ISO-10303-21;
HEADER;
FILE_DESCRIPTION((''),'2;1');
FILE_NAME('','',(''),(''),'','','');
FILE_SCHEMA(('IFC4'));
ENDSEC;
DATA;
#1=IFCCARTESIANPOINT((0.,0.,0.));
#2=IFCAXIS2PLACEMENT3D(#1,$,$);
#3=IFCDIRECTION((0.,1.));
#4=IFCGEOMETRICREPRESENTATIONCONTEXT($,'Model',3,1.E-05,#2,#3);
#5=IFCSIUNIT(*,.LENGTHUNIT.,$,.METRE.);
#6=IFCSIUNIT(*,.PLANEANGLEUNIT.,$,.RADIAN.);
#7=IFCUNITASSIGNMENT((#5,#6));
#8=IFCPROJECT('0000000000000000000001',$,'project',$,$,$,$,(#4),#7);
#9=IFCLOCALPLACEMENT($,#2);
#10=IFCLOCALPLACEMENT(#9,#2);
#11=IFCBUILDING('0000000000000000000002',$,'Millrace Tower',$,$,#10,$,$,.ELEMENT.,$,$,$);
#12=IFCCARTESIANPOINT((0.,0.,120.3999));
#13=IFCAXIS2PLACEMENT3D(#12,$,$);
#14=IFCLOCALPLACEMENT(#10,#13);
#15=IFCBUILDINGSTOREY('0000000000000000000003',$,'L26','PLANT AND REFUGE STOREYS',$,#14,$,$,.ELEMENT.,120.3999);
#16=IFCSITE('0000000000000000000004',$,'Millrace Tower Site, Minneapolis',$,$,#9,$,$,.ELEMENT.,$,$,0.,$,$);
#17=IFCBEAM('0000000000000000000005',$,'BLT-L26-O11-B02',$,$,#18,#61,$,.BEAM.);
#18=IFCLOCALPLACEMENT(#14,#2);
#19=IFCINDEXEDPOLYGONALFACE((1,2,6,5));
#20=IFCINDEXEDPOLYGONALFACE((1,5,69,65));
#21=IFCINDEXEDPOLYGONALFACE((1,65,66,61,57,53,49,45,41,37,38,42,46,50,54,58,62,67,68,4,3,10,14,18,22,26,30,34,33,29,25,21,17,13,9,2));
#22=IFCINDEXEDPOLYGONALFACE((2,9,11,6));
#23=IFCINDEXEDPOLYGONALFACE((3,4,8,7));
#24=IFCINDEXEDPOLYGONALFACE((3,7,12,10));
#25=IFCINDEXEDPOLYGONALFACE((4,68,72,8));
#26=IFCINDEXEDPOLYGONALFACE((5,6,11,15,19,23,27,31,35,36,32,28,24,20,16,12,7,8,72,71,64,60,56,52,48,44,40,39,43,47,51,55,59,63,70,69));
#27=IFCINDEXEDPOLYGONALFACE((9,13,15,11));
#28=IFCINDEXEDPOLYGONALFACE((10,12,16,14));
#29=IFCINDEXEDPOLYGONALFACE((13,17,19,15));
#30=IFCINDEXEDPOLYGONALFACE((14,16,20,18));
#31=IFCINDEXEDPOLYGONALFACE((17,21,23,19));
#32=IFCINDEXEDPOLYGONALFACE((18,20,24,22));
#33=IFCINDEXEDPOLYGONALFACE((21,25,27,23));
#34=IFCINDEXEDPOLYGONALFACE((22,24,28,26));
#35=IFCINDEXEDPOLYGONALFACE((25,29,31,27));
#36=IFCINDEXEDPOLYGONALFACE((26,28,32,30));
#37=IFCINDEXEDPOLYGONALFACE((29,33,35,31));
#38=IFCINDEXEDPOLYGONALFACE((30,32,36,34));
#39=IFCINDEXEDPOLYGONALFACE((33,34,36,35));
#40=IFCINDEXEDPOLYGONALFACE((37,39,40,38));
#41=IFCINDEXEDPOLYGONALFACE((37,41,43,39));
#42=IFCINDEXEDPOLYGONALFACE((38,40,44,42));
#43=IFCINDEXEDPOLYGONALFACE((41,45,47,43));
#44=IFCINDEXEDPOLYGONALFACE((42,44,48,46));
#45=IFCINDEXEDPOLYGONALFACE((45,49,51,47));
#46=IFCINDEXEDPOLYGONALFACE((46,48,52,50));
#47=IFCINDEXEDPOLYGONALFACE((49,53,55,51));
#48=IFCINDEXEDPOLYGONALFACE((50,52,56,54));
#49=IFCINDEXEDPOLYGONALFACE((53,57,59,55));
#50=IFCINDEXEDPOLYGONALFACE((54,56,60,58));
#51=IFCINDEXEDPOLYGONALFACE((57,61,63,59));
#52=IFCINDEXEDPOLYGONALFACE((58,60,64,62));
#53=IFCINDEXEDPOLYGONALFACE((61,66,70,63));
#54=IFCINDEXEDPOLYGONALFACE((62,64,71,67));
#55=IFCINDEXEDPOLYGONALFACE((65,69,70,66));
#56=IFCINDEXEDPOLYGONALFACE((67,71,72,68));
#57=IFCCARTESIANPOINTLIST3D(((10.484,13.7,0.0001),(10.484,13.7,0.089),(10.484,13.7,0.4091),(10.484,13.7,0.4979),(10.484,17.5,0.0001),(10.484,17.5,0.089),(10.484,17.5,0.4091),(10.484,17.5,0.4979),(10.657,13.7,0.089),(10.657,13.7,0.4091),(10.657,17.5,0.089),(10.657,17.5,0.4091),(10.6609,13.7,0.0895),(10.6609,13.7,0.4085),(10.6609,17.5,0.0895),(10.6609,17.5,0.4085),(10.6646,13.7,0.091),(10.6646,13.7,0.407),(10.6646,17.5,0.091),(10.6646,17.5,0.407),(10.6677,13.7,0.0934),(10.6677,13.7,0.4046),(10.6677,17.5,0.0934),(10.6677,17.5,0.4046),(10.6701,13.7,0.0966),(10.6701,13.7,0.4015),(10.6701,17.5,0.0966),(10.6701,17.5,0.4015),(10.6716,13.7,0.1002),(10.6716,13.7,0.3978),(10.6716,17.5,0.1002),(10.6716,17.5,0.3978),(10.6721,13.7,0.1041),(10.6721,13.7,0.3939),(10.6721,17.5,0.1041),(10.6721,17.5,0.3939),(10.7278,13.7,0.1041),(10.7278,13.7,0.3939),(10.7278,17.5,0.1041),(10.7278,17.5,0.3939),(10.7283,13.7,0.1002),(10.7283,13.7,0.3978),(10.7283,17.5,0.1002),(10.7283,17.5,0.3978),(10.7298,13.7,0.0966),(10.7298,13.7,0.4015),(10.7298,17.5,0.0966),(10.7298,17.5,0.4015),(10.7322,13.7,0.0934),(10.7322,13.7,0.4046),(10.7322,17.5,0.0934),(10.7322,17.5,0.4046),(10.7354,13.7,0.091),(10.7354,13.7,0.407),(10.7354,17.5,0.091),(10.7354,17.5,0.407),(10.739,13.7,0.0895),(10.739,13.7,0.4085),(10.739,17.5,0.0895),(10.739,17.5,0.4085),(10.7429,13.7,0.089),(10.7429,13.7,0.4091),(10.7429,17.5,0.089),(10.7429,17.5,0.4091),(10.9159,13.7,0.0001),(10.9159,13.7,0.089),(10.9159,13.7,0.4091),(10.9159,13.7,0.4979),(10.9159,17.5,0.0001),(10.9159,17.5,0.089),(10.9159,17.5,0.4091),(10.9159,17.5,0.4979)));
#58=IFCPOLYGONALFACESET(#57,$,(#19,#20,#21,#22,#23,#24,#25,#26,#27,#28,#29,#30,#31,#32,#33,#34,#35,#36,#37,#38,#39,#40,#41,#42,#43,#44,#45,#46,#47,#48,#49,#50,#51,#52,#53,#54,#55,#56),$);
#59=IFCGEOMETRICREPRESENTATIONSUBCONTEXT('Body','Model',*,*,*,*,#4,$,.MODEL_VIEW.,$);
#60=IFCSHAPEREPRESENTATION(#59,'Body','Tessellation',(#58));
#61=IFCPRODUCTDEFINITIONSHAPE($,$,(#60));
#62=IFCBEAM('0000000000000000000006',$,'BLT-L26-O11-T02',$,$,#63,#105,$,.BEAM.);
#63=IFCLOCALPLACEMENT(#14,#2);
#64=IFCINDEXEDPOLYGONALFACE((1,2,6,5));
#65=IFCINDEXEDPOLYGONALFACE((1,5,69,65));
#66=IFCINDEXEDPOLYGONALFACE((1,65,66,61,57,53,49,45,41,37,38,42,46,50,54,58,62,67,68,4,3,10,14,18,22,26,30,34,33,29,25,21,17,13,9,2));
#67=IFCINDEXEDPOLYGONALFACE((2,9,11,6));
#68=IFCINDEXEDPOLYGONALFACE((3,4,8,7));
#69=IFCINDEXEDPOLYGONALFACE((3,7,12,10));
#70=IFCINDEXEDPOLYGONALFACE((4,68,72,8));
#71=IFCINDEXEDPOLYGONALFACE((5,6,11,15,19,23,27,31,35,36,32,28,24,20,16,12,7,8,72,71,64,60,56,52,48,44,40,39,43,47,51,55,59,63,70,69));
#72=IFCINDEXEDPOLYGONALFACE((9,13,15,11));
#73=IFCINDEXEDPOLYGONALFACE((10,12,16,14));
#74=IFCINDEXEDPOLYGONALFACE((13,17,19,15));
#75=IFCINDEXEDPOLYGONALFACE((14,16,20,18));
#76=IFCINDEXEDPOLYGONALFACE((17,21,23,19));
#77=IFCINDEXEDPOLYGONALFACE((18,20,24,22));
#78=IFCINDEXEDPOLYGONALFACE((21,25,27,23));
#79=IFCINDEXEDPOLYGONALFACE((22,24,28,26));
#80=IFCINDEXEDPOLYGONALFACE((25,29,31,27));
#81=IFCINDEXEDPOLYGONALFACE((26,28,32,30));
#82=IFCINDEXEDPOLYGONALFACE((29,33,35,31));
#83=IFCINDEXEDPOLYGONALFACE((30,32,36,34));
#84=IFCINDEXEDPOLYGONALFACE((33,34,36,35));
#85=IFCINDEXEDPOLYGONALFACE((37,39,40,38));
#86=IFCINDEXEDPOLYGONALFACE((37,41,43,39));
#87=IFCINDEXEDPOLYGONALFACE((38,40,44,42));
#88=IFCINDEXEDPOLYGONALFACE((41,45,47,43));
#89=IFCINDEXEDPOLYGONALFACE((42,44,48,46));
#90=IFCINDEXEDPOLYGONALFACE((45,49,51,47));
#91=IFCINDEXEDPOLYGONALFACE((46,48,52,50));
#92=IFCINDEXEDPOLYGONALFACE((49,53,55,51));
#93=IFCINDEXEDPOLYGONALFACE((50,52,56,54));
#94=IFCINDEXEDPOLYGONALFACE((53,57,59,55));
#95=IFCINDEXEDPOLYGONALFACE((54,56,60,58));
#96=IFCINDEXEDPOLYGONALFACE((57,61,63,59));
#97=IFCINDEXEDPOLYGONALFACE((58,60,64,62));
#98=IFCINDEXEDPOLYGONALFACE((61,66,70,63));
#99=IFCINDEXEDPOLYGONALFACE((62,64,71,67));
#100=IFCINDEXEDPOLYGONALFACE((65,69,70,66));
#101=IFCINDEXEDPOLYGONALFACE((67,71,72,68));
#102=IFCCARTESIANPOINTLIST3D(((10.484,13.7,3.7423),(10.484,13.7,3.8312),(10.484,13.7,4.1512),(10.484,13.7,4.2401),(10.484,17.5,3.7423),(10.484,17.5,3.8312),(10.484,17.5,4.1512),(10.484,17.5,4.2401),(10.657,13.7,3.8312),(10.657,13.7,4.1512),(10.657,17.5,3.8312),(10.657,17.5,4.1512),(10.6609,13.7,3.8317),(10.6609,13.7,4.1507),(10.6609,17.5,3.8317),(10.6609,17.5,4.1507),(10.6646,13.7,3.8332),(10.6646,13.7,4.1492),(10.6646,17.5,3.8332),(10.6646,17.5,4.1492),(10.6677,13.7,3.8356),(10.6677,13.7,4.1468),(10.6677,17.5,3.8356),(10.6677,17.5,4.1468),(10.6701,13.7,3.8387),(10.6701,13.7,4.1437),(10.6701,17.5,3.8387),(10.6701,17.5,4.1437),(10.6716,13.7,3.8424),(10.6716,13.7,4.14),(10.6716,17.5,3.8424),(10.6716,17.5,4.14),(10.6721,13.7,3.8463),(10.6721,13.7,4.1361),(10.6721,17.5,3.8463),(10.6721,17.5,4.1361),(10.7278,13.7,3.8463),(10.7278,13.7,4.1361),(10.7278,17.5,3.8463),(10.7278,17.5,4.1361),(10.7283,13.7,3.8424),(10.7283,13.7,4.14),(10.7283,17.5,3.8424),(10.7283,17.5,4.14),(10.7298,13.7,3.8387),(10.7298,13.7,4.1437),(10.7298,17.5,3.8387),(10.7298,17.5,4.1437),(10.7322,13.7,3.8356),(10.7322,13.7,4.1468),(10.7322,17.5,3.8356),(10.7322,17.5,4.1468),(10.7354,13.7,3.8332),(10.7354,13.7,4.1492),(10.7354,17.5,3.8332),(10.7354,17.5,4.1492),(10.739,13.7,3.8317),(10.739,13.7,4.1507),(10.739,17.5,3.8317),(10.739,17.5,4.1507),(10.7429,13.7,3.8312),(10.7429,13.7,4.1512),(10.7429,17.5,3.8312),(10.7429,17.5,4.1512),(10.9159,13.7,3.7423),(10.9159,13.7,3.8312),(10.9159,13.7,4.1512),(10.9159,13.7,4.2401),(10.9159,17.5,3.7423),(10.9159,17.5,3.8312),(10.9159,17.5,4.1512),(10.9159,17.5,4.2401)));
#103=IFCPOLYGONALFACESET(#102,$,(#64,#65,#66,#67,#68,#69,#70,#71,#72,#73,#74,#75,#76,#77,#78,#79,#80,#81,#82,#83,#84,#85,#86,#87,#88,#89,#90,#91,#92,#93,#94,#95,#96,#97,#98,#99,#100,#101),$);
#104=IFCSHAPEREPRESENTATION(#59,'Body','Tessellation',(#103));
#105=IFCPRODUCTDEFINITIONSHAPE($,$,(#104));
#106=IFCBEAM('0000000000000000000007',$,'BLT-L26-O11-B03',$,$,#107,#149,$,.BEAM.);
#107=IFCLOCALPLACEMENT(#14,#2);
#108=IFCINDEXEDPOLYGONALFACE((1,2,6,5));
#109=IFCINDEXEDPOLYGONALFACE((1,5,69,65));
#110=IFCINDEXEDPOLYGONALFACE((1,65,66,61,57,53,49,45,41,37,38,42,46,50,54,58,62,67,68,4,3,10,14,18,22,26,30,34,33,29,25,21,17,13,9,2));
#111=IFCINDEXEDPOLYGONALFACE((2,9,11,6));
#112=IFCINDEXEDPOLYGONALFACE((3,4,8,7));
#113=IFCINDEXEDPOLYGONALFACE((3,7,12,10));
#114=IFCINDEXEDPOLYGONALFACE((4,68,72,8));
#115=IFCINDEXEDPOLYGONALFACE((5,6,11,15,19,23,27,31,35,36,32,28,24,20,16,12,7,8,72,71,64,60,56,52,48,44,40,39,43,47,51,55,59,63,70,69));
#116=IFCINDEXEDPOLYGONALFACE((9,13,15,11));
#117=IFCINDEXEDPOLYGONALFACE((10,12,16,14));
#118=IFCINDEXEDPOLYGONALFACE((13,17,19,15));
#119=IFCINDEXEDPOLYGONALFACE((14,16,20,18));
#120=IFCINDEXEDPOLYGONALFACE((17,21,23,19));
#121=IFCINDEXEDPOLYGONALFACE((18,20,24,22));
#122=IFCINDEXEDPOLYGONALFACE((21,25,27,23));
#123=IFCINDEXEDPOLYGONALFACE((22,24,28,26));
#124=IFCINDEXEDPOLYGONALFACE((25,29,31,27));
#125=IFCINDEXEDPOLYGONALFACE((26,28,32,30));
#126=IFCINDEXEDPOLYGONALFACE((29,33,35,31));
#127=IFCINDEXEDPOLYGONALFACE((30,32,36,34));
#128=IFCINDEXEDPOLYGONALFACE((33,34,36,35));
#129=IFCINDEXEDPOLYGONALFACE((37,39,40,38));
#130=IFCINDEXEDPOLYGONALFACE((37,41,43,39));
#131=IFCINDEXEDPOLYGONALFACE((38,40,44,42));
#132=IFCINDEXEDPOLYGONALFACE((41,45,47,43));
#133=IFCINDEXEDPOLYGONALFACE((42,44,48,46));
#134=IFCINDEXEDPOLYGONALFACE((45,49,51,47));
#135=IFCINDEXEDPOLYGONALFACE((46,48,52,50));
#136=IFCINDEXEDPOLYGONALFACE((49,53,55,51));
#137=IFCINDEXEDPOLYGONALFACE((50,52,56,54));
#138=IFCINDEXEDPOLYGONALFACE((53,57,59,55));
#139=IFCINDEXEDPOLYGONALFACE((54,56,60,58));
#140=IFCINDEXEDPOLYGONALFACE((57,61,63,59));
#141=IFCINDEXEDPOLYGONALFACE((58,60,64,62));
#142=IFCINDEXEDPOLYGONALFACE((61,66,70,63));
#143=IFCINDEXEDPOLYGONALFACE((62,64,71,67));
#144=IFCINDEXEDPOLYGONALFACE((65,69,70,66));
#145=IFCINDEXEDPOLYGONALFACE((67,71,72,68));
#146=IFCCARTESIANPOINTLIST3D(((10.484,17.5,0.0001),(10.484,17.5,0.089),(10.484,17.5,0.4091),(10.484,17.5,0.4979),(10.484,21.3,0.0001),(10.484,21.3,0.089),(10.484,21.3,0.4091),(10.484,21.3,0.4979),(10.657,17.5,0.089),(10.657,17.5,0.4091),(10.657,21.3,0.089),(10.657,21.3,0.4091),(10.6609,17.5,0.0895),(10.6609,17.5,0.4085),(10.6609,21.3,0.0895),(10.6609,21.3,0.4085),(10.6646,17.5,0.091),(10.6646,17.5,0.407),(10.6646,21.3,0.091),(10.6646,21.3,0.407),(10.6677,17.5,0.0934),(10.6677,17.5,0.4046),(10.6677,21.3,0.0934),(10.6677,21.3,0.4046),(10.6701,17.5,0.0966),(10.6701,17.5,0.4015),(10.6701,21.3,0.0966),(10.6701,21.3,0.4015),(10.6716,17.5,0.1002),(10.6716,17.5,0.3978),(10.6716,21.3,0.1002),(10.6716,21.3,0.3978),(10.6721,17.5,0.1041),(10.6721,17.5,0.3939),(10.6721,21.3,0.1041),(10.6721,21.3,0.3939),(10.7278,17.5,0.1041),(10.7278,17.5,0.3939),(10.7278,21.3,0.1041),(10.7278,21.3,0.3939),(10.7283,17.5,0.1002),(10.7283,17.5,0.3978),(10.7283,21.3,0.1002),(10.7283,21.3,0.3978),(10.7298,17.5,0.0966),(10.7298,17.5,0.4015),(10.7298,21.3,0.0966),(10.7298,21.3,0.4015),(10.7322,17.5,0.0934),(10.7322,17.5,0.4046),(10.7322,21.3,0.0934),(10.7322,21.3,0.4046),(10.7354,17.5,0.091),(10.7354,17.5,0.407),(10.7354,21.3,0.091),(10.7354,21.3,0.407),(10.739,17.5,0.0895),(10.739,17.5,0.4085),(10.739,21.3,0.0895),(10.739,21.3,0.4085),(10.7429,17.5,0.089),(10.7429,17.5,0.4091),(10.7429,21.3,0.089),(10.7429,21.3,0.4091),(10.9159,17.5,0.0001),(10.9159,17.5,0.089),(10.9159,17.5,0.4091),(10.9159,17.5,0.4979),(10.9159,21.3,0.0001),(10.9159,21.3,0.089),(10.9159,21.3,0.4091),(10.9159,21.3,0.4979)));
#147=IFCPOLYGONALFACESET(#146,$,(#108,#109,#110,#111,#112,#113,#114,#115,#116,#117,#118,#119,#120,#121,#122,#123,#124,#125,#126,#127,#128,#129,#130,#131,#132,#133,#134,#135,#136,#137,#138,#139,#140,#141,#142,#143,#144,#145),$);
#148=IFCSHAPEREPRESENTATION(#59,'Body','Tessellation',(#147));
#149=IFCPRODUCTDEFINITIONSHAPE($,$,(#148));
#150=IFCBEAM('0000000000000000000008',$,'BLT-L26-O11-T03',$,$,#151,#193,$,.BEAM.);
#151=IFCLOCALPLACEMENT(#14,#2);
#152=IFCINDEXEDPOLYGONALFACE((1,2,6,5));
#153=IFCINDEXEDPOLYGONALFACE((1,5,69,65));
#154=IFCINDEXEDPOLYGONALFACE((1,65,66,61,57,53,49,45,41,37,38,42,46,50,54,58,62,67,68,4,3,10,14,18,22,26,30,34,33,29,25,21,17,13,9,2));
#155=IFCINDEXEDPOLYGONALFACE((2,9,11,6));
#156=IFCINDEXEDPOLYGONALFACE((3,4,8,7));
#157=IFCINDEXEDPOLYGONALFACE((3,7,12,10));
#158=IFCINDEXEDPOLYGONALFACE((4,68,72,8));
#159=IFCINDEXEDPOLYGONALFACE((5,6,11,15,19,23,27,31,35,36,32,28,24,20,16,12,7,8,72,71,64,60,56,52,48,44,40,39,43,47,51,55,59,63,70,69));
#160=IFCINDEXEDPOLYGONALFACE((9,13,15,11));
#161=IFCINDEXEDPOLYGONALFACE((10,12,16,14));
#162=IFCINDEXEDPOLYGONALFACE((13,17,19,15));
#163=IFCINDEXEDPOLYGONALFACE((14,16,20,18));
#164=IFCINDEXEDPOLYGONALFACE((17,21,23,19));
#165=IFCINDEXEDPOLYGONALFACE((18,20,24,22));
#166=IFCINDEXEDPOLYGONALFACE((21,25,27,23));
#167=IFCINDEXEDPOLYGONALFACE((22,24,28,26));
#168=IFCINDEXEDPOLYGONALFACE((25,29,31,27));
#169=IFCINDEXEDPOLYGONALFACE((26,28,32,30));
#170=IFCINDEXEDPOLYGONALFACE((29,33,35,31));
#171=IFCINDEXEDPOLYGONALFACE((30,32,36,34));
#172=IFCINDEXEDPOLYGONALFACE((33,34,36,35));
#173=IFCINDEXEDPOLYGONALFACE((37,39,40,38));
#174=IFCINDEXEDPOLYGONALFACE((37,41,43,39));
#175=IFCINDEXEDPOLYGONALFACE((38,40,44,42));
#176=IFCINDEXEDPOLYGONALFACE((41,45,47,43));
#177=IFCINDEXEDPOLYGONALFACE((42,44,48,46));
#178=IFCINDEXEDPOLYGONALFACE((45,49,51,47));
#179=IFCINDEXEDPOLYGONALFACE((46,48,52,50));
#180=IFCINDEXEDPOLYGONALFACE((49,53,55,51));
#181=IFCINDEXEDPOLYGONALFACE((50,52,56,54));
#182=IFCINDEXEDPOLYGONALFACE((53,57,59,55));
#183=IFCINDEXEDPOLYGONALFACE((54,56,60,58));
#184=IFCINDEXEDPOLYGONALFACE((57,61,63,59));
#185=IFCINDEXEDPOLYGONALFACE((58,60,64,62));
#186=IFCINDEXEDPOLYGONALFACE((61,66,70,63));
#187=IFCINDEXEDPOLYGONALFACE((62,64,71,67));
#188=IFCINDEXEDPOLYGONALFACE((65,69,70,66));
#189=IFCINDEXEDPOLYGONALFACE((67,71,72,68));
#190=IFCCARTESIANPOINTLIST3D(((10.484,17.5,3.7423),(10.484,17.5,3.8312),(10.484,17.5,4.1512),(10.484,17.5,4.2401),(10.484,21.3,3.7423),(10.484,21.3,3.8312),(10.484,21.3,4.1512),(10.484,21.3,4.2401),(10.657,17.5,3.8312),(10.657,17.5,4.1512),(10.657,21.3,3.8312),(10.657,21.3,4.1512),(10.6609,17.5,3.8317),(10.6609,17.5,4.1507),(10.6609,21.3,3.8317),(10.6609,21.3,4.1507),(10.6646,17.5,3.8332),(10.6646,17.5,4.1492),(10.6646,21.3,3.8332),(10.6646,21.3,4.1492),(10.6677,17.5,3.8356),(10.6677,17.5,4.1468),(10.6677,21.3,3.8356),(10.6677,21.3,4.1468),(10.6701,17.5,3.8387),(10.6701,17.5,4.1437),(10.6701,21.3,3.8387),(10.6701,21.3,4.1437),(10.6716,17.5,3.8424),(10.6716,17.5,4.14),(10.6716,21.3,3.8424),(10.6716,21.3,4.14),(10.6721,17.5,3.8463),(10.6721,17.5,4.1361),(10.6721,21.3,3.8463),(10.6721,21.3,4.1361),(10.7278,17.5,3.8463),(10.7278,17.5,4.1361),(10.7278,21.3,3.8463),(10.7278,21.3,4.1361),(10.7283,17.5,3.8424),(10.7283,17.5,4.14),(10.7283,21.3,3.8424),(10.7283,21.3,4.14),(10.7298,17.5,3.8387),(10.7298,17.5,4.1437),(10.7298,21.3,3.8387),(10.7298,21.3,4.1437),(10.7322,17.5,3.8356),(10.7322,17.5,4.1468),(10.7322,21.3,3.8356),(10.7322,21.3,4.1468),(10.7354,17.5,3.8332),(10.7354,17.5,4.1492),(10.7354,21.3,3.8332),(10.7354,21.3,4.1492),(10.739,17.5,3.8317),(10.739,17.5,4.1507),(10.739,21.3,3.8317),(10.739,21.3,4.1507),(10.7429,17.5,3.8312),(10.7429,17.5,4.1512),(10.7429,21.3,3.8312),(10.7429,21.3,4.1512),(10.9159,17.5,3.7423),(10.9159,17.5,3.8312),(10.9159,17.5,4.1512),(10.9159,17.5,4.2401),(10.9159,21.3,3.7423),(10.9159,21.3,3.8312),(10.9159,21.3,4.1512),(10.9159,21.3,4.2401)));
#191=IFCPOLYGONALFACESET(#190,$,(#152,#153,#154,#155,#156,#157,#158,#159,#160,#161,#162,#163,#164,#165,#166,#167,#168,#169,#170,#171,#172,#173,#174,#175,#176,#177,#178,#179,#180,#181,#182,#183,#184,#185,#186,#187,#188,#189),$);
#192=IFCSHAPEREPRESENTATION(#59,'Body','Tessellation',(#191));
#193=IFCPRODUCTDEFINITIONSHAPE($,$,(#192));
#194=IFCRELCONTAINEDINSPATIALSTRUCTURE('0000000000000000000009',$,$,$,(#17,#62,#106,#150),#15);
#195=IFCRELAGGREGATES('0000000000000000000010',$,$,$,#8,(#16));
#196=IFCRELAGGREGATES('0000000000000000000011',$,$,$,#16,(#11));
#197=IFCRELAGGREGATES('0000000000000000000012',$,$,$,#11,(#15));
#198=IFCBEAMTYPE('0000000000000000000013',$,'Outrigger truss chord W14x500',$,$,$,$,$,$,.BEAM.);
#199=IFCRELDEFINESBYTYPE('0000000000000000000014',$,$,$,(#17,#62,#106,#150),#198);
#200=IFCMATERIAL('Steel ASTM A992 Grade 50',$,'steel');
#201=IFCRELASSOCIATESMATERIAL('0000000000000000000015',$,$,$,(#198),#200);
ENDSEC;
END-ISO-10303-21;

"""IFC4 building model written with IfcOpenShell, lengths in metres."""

from ifc_helpers import new_model, si_unit, direction, frame, origin, origin_2d, place, context, subcontext, project, spatial, i_section, extrude, material, material_profile, profile_set, type_object, element, save


model = new_model("IFC4")

# Units and contexts
model_context = context("Model", 3, precision=1e-05, world=origin(), true_north=direction((0.0, 1.0)))
body_context = subcontext(model_context, "Body", "Model", "MODEL_VIEW")
ifc_project = project(units=[si_unit("LENGTHUNIT", "METRE"), si_unit("PLANEANGLEUNIT", "RADIAN")], contexts=[model_context])

# Site, building, storey
site_placement = place(None, origin())
site = spatial("IfcSite", under=ifc_project, at=site_placement, Name="Millrace Tower Site, Minneapolis", CompositionType="ELEMENT", RefElevation=0.0)
building_placement = place(site_placement, origin())
building = spatial("IfcBuilding", under=site, at=building_placement, Name="Millrace Tower", CompositionType="ELEMENT")
storey_placement = place(building_placement, frame((0.0, 0.0, 120.3999)))
storey = spatial("IfcBuildingStorey", under=building, at=storey_placement, Name="L26", Description="PLANT AND REFUGE STOREYS", CompositionType="ELEMENT", Elevation=120.3999)

# Beams
ifc_material_1 = material(Name="Steel ASTM A992 Grade 50", Category="steel")
ifc_material_profile_1 = material_profile(ifc_material_1, i_section(OverallWidth=0.4319, OverallDepth=0.4978, WebThickness=0.0557, FlangeThickness=0.0889, FilletRadius=0.0151, at=origin_2d()))
ifc_profile_set_1 = profile_set([ifc_material_profile_1], Name="Steel ASTM A992 Grade 50")
beam_type_1 = type_object("IfcBeamType", Name="Outrigger truss chord W14x500", PredefinedType="BEAM", material=ifc_profile_set_1)
for number, where, z_axis, x_axis, name in (
    (1, (10.7, 13.7, 0.249), (0.0, 1.0, 0.0), (-1.0, 0.0, 0.0), "BLT-L26-O11-B02"),
    (2, (10.7, 13.7, 3.9912), (0.0, 1.0, 0.0), (-1.0, 0.0, 0.0), "BLT-L26-O11-T02"),
    (3, (10.7, 17.5, 0.249), (0.0, 1.0, 0.0), (-1.0, 0.0, 0.0), "BLT-L26-O11-B03"),
    (4, (10.7, 17.5, 3.9912), (0.0, 1.0, 0.0), (-1.0, 0.0, 0.0), "BLT-L26-O11-T03"),
):
    element("IfcBeam", number, at=place(storey_placement, frame(where, z_axis=z_axis, x_axis=x_axis)), inside=storey, type_object=beam_type_1, Name=name, PredefinedType="BEAM", context=body_context, shape_type="SweptSolid", body=[
        extrude(i_section(OverallWidth=0.4319, OverallDepth=0.4978, WebThickness=0.0557, FlangeThickness=0.0889, FilletRadius=0.0151, at=origin_2d()), origin(), (0.0, 0.0, 1.0), 3.8),
    ])

save(model, "model.ifc")
